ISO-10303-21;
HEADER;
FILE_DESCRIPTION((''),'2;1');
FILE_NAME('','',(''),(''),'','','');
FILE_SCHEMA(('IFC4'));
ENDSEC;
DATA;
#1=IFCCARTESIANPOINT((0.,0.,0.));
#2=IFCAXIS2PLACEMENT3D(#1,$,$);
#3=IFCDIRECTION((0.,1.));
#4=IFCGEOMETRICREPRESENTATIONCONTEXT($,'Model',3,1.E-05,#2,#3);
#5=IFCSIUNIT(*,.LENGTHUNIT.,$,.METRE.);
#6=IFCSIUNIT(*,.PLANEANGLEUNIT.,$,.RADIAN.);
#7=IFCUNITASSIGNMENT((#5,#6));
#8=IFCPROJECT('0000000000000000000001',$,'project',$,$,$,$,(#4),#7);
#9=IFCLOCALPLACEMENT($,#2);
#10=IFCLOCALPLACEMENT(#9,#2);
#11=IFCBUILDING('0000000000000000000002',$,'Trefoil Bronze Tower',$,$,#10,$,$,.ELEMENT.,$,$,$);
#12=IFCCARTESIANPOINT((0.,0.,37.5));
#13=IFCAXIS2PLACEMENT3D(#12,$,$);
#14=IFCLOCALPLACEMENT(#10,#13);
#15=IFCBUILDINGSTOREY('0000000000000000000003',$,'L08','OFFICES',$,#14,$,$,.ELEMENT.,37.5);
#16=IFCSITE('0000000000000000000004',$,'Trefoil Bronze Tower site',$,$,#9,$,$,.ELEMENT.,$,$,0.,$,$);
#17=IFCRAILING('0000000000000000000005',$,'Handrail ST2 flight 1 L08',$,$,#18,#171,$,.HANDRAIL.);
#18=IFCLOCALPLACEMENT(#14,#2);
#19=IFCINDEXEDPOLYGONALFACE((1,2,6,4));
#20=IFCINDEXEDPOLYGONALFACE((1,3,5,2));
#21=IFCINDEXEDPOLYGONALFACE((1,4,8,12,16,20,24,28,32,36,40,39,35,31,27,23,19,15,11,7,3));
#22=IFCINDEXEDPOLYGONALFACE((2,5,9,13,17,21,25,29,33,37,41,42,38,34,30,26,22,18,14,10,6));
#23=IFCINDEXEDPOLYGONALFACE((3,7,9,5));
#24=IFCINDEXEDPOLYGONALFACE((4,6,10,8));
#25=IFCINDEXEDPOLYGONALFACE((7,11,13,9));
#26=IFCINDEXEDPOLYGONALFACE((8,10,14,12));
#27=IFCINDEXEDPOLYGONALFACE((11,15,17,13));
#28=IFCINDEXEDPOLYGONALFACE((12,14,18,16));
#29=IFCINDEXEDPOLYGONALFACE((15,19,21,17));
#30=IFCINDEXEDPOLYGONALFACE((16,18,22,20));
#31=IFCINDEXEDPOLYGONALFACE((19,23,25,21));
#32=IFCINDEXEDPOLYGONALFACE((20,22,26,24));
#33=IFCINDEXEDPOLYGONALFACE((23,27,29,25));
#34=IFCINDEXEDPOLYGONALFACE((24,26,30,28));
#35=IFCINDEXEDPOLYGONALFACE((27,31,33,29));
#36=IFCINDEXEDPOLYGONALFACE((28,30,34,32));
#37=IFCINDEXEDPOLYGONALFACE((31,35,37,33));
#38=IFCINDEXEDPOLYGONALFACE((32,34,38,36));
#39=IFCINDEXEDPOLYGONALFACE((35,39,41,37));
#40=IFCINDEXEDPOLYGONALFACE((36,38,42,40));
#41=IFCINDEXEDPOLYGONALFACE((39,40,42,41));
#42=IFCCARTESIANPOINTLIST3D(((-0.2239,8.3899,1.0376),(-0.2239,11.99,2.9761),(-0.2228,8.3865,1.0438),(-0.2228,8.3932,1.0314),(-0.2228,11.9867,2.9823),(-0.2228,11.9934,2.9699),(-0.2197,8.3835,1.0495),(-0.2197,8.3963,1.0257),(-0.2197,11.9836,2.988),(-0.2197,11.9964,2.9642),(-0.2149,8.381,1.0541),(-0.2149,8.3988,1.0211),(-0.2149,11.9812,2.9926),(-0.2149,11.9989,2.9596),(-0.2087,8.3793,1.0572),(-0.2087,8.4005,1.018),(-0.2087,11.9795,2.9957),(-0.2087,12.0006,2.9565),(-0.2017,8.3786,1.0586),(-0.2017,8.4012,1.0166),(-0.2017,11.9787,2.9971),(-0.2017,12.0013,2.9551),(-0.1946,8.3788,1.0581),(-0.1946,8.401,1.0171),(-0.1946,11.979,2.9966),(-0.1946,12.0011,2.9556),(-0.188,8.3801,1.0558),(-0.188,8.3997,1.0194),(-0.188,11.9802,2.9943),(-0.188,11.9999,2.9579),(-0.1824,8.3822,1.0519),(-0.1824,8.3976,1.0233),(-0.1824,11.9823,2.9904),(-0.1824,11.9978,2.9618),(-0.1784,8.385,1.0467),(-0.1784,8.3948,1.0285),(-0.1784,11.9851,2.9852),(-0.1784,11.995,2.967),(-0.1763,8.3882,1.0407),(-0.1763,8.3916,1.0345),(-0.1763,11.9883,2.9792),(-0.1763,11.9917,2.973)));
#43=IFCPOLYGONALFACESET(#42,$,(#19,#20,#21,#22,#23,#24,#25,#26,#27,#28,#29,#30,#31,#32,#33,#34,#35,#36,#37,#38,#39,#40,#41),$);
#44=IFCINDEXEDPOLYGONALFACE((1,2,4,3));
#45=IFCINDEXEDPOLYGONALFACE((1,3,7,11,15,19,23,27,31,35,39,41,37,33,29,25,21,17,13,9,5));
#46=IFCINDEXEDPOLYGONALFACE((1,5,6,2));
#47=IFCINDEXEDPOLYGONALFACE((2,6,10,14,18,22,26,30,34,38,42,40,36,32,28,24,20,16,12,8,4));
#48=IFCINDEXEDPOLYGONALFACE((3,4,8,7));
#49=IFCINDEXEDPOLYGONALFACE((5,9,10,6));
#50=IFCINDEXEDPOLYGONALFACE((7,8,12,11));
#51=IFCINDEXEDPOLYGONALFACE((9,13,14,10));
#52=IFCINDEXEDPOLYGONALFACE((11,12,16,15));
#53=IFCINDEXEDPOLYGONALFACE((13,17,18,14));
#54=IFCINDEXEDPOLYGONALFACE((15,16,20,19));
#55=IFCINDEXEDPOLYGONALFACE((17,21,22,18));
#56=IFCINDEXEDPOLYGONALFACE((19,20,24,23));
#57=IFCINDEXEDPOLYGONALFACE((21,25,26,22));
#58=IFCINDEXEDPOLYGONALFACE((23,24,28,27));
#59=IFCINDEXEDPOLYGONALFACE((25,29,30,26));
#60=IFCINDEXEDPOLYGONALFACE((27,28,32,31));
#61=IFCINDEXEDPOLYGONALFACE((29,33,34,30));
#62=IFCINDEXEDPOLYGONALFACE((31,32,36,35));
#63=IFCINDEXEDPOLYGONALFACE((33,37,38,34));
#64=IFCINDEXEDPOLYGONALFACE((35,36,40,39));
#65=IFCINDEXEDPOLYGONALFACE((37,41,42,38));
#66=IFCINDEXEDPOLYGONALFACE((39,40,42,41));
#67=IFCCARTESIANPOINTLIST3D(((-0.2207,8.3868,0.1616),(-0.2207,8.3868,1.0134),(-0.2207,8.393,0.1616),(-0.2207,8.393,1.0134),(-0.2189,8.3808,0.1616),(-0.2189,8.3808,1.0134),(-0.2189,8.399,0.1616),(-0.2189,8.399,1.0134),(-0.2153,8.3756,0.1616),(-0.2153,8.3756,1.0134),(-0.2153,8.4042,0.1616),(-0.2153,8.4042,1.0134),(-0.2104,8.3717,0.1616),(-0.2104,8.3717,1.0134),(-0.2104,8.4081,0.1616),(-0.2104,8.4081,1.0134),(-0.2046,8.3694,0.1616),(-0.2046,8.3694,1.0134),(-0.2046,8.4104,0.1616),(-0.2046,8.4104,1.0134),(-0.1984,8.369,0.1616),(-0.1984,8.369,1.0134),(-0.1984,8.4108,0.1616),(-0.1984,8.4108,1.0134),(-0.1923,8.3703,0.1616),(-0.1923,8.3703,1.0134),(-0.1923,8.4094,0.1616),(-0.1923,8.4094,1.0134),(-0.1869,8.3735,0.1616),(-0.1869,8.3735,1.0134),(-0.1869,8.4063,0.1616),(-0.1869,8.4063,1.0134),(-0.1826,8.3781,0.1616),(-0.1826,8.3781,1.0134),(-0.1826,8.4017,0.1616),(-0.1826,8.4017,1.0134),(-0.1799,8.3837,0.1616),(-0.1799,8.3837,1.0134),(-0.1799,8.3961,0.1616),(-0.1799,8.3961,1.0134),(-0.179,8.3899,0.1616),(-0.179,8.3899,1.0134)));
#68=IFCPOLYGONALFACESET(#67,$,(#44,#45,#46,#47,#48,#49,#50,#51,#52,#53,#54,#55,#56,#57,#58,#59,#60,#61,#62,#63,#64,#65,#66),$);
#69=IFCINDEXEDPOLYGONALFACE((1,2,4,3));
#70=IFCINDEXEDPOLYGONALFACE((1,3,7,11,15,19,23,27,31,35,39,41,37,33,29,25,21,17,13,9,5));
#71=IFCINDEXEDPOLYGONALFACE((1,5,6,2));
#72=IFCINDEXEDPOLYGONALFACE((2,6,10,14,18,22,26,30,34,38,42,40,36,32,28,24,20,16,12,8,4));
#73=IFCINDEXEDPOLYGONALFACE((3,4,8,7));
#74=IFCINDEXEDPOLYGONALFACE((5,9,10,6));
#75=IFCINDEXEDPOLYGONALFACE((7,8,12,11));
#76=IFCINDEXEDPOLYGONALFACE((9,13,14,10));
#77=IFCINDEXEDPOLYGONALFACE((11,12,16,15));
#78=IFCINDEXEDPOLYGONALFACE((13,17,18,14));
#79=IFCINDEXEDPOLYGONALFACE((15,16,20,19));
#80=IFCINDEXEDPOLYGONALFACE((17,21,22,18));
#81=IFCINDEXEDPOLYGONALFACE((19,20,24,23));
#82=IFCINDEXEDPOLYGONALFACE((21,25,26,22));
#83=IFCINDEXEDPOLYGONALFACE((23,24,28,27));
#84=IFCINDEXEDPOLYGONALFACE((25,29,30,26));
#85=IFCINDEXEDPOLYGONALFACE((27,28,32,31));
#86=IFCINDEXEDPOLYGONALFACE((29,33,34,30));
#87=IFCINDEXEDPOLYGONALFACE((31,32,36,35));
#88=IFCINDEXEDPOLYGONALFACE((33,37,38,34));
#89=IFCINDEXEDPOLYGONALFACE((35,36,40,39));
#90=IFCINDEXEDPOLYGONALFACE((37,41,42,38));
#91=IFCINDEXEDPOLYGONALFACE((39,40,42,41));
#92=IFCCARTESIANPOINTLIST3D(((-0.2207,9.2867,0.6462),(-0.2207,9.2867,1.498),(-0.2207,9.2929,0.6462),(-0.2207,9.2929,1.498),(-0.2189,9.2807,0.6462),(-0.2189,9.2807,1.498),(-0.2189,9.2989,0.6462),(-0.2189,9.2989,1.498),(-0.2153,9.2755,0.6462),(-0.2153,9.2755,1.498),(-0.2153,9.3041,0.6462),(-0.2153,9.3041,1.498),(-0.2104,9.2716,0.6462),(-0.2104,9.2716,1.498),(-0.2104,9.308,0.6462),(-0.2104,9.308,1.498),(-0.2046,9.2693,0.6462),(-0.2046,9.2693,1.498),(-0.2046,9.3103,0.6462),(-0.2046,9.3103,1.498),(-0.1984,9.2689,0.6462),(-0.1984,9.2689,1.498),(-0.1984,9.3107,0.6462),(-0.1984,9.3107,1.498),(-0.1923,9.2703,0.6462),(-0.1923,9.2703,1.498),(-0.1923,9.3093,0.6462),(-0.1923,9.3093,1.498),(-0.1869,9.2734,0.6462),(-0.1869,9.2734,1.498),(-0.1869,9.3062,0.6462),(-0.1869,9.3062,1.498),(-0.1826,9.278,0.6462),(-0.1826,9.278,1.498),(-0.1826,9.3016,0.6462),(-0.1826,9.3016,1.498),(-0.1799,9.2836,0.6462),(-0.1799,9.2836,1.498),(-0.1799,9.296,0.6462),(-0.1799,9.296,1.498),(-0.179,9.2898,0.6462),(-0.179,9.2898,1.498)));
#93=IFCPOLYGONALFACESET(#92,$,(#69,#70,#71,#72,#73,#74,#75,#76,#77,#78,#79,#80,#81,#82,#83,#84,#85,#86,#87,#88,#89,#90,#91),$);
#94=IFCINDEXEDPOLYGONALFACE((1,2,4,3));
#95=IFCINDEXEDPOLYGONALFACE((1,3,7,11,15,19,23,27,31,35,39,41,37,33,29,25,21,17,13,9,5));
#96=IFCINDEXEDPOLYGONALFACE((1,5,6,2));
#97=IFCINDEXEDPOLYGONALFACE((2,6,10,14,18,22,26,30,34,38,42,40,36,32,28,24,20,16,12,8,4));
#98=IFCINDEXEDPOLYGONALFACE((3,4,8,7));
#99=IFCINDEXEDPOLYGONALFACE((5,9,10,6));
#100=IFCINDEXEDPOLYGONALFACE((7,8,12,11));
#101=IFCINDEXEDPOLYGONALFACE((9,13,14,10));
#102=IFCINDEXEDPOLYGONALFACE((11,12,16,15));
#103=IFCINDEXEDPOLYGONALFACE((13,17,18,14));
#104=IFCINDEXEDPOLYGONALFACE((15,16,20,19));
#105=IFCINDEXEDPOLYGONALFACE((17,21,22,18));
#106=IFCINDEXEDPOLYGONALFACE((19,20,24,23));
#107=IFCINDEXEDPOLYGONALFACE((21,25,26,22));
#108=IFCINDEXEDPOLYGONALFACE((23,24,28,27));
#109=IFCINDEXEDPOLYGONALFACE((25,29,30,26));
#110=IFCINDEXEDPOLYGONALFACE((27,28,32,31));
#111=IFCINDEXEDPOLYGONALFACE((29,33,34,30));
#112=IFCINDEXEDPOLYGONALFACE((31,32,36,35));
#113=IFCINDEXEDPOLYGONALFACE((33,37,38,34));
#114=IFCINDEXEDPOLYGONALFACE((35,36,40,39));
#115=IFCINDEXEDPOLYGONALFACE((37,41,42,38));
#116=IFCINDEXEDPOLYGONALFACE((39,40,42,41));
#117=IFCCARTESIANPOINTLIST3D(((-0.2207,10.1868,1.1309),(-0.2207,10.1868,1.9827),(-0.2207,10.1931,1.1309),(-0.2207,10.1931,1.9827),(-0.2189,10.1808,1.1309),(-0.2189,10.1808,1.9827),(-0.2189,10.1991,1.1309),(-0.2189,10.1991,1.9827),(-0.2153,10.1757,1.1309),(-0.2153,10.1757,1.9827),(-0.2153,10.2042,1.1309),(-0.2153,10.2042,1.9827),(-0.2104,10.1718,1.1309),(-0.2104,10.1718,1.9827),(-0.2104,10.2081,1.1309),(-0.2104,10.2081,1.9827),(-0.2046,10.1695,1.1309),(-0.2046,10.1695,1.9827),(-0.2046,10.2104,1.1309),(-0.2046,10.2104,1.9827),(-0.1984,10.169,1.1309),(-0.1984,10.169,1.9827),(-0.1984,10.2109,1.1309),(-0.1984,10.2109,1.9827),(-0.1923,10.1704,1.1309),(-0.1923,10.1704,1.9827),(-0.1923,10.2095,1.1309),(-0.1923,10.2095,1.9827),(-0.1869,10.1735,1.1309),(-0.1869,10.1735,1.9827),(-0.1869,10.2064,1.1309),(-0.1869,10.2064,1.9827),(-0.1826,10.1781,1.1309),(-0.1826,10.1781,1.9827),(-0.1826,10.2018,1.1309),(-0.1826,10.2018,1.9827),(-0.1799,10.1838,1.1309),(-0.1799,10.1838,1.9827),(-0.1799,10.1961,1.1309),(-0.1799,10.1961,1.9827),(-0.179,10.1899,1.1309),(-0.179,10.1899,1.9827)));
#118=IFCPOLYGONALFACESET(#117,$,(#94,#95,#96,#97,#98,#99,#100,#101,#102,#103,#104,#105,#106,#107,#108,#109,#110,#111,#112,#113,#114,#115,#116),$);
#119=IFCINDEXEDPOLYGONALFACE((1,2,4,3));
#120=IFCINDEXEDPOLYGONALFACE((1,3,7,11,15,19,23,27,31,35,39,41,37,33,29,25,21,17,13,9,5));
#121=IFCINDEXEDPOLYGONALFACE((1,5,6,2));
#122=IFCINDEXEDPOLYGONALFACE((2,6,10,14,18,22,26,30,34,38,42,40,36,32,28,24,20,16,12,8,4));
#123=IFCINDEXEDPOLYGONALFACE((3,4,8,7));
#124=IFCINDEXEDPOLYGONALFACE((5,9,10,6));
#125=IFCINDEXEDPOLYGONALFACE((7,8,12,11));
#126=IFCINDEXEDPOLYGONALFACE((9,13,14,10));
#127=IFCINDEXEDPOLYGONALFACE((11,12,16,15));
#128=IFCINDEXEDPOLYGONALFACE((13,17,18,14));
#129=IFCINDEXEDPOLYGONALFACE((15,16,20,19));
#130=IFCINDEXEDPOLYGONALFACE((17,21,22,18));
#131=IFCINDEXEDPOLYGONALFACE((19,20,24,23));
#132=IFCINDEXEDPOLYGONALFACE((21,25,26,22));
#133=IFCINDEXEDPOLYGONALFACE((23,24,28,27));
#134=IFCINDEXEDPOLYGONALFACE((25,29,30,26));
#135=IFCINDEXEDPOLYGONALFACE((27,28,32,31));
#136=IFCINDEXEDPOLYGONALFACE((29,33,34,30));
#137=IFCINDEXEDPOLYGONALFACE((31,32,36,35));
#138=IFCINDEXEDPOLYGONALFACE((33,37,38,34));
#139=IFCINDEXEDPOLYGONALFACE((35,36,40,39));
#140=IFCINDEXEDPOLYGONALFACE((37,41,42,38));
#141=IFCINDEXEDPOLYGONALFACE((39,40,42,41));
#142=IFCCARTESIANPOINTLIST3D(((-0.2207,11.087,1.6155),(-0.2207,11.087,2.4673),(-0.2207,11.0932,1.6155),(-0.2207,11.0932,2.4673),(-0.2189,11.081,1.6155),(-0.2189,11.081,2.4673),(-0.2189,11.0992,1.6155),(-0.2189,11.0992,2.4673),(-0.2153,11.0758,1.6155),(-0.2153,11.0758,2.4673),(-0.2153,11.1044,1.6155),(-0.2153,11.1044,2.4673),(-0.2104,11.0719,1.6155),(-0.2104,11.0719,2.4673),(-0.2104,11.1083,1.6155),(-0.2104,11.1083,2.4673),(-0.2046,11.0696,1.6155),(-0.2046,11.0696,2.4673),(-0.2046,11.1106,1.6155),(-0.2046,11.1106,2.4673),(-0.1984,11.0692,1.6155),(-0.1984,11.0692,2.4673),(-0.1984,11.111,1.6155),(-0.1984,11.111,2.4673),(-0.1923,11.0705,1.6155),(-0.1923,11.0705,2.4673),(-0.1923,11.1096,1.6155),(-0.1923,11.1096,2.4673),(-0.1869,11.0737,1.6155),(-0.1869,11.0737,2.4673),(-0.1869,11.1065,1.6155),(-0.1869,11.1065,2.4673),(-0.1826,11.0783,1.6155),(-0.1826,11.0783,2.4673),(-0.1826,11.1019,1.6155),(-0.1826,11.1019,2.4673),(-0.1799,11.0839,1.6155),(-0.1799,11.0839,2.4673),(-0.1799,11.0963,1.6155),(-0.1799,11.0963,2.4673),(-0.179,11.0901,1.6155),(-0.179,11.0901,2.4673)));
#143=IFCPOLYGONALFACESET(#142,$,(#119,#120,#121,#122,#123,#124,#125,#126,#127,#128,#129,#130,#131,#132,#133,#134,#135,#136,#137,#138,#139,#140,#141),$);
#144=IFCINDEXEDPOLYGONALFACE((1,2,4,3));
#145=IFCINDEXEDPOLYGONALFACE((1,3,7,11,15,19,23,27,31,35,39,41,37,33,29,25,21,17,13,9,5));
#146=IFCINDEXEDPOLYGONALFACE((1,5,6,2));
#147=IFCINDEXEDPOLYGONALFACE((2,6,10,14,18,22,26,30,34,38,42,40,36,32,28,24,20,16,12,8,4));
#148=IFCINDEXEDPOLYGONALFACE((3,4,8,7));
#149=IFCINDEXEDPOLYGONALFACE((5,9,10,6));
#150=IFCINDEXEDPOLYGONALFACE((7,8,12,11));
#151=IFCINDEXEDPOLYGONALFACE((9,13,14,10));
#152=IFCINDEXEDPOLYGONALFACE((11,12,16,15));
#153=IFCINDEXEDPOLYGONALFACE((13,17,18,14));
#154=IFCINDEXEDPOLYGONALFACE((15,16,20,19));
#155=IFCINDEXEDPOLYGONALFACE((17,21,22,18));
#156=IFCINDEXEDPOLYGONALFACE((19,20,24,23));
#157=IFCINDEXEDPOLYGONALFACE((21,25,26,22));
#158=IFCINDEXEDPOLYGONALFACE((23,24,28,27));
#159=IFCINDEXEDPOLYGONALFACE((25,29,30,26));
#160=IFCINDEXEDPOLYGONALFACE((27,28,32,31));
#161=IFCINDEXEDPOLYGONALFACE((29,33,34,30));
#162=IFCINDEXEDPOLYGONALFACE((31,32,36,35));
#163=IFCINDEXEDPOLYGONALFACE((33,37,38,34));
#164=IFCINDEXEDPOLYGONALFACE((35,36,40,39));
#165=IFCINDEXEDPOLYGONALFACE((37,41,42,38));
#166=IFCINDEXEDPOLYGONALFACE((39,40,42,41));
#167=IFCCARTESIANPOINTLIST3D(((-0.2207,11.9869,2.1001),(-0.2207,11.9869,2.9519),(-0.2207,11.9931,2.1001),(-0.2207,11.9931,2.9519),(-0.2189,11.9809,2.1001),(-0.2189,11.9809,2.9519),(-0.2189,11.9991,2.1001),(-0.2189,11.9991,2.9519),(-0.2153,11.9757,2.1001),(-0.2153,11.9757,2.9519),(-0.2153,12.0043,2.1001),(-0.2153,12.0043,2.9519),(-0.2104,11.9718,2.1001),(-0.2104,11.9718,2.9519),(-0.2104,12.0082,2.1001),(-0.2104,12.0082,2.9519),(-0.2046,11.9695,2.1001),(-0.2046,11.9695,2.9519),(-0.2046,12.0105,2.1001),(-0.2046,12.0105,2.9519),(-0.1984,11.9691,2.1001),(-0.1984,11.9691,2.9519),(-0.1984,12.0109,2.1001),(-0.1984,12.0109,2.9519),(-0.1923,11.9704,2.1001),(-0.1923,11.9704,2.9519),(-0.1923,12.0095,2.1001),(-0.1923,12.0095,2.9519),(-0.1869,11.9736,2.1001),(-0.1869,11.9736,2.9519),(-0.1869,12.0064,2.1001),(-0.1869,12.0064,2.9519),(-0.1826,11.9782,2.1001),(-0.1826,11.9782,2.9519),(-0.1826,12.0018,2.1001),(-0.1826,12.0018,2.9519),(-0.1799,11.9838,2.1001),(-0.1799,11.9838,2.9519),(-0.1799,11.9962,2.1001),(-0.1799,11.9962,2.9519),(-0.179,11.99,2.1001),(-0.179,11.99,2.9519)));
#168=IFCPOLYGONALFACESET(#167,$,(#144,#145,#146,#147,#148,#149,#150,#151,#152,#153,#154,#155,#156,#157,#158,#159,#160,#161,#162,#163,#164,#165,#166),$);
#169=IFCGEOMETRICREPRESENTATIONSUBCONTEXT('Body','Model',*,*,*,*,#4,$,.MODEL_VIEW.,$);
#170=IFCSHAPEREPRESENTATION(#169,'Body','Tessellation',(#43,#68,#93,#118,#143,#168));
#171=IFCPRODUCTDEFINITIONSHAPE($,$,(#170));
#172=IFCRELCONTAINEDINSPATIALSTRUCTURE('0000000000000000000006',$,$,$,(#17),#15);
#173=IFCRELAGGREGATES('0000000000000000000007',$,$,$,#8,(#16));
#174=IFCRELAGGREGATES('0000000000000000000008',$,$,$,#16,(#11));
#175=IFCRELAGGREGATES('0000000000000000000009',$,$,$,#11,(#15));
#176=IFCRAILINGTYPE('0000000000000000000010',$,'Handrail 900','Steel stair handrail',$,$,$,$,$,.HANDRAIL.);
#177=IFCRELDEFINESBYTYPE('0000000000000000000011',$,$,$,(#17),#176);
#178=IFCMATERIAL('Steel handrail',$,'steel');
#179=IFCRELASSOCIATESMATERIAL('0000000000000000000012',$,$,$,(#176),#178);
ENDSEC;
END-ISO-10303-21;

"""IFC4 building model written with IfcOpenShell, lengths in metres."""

from ifc_helpers import new_model, si_unit, direction, frame, origin, origin_2d, place, context, subcontext, project, spatial, circle, extrude, material, type_object, element, save


model = new_model("IFC4")

# Units and contexts
model_context = context("Model", 3, precision=1e-05, world=origin(), true_north=direction((0.0, 1.0)))
body_context = subcontext(model_context, "Body", "Model", "MODEL_VIEW")
ifc_project = project(units=[si_unit("LENGTHUNIT", "METRE"), si_unit("PLANEANGLEUNIT", "RADIAN")], contexts=[model_context])

# Site, building, storey
site_placement = place(None, origin())
site = spatial("IfcSite", under=ifc_project, at=site_placement, Name="Trefoil Bronze Tower site", CompositionType="ELEMENT", RefElevation=0.0)
building_placement = place(site_placement, origin())
building = spatial("IfcBuilding", under=site, at=building_placement, Name="Trefoil Bronze Tower", CompositionType="ELEMENT")
storey_placement = place(building_placement, frame((0.0, 0.0, 37.5)))
storey = spatial("IfcBuildingStorey", under=building, at=storey_placement, Name="L08", Description="OFFICES", CompositionType="ELEMENT", Elevation=37.5)

# Railing
ifc_material_1 = material(Name="Steel handrail", Category="steel")
railing_type = type_object("IfcRailingType", Name="Handrail 900", Description="Steel stair handrail", PredefinedType="HANDRAIL", material=ifc_material_1)
railing_placement = place(storey_placement, frame((-0.2, 8.3899, 0.1616)))
element("IfcRailing", 1, at=railing_placement, inside=storey, type_object=railing_type, Name="Handrail ST2 flight 1 L08", PredefinedType="HANDRAIL", context=body_context, shape_type="SweptSolid", body=[
    extrude(circle(Radius=0.0239, at=origin_2d()), frame((0.0, 0.0, 0.876), z_axis=(0.0, 0.880475, 0.474093), x_axis=(-1.0, 0.0, 0.0)), (0.0, 0.0, 1.0), 4.0889),
    extrude(circle(Radius=0.021, at=origin_2d()), origin(), (0.0, 0.0, 1.0), 0.8518),
    extrude(circle(Radius=0.021, at=origin_2d()), frame((0.0, 0.8999, 0.4846)), (0.0, 0.0, 1.0), 0.8518),
    extrude(circle(Radius=0.021, at=origin_2d()), frame((0.0, 1.8, 0.9692)), (0.0, 0.0, 1.0), 0.8518),
    extrude(circle(Radius=0.021, at=origin_2d()), frame((0.0, 2.7002, 1.4539)), (0.0, 0.0, 1.0), 0.8518),
    extrude(circle(Radius=0.021, at=origin_2d()), frame((0.0, 3.6001, 1.9385)), (0.0, 0.0, 1.0), 0.8518),
])

save(model, "model.ifc")
